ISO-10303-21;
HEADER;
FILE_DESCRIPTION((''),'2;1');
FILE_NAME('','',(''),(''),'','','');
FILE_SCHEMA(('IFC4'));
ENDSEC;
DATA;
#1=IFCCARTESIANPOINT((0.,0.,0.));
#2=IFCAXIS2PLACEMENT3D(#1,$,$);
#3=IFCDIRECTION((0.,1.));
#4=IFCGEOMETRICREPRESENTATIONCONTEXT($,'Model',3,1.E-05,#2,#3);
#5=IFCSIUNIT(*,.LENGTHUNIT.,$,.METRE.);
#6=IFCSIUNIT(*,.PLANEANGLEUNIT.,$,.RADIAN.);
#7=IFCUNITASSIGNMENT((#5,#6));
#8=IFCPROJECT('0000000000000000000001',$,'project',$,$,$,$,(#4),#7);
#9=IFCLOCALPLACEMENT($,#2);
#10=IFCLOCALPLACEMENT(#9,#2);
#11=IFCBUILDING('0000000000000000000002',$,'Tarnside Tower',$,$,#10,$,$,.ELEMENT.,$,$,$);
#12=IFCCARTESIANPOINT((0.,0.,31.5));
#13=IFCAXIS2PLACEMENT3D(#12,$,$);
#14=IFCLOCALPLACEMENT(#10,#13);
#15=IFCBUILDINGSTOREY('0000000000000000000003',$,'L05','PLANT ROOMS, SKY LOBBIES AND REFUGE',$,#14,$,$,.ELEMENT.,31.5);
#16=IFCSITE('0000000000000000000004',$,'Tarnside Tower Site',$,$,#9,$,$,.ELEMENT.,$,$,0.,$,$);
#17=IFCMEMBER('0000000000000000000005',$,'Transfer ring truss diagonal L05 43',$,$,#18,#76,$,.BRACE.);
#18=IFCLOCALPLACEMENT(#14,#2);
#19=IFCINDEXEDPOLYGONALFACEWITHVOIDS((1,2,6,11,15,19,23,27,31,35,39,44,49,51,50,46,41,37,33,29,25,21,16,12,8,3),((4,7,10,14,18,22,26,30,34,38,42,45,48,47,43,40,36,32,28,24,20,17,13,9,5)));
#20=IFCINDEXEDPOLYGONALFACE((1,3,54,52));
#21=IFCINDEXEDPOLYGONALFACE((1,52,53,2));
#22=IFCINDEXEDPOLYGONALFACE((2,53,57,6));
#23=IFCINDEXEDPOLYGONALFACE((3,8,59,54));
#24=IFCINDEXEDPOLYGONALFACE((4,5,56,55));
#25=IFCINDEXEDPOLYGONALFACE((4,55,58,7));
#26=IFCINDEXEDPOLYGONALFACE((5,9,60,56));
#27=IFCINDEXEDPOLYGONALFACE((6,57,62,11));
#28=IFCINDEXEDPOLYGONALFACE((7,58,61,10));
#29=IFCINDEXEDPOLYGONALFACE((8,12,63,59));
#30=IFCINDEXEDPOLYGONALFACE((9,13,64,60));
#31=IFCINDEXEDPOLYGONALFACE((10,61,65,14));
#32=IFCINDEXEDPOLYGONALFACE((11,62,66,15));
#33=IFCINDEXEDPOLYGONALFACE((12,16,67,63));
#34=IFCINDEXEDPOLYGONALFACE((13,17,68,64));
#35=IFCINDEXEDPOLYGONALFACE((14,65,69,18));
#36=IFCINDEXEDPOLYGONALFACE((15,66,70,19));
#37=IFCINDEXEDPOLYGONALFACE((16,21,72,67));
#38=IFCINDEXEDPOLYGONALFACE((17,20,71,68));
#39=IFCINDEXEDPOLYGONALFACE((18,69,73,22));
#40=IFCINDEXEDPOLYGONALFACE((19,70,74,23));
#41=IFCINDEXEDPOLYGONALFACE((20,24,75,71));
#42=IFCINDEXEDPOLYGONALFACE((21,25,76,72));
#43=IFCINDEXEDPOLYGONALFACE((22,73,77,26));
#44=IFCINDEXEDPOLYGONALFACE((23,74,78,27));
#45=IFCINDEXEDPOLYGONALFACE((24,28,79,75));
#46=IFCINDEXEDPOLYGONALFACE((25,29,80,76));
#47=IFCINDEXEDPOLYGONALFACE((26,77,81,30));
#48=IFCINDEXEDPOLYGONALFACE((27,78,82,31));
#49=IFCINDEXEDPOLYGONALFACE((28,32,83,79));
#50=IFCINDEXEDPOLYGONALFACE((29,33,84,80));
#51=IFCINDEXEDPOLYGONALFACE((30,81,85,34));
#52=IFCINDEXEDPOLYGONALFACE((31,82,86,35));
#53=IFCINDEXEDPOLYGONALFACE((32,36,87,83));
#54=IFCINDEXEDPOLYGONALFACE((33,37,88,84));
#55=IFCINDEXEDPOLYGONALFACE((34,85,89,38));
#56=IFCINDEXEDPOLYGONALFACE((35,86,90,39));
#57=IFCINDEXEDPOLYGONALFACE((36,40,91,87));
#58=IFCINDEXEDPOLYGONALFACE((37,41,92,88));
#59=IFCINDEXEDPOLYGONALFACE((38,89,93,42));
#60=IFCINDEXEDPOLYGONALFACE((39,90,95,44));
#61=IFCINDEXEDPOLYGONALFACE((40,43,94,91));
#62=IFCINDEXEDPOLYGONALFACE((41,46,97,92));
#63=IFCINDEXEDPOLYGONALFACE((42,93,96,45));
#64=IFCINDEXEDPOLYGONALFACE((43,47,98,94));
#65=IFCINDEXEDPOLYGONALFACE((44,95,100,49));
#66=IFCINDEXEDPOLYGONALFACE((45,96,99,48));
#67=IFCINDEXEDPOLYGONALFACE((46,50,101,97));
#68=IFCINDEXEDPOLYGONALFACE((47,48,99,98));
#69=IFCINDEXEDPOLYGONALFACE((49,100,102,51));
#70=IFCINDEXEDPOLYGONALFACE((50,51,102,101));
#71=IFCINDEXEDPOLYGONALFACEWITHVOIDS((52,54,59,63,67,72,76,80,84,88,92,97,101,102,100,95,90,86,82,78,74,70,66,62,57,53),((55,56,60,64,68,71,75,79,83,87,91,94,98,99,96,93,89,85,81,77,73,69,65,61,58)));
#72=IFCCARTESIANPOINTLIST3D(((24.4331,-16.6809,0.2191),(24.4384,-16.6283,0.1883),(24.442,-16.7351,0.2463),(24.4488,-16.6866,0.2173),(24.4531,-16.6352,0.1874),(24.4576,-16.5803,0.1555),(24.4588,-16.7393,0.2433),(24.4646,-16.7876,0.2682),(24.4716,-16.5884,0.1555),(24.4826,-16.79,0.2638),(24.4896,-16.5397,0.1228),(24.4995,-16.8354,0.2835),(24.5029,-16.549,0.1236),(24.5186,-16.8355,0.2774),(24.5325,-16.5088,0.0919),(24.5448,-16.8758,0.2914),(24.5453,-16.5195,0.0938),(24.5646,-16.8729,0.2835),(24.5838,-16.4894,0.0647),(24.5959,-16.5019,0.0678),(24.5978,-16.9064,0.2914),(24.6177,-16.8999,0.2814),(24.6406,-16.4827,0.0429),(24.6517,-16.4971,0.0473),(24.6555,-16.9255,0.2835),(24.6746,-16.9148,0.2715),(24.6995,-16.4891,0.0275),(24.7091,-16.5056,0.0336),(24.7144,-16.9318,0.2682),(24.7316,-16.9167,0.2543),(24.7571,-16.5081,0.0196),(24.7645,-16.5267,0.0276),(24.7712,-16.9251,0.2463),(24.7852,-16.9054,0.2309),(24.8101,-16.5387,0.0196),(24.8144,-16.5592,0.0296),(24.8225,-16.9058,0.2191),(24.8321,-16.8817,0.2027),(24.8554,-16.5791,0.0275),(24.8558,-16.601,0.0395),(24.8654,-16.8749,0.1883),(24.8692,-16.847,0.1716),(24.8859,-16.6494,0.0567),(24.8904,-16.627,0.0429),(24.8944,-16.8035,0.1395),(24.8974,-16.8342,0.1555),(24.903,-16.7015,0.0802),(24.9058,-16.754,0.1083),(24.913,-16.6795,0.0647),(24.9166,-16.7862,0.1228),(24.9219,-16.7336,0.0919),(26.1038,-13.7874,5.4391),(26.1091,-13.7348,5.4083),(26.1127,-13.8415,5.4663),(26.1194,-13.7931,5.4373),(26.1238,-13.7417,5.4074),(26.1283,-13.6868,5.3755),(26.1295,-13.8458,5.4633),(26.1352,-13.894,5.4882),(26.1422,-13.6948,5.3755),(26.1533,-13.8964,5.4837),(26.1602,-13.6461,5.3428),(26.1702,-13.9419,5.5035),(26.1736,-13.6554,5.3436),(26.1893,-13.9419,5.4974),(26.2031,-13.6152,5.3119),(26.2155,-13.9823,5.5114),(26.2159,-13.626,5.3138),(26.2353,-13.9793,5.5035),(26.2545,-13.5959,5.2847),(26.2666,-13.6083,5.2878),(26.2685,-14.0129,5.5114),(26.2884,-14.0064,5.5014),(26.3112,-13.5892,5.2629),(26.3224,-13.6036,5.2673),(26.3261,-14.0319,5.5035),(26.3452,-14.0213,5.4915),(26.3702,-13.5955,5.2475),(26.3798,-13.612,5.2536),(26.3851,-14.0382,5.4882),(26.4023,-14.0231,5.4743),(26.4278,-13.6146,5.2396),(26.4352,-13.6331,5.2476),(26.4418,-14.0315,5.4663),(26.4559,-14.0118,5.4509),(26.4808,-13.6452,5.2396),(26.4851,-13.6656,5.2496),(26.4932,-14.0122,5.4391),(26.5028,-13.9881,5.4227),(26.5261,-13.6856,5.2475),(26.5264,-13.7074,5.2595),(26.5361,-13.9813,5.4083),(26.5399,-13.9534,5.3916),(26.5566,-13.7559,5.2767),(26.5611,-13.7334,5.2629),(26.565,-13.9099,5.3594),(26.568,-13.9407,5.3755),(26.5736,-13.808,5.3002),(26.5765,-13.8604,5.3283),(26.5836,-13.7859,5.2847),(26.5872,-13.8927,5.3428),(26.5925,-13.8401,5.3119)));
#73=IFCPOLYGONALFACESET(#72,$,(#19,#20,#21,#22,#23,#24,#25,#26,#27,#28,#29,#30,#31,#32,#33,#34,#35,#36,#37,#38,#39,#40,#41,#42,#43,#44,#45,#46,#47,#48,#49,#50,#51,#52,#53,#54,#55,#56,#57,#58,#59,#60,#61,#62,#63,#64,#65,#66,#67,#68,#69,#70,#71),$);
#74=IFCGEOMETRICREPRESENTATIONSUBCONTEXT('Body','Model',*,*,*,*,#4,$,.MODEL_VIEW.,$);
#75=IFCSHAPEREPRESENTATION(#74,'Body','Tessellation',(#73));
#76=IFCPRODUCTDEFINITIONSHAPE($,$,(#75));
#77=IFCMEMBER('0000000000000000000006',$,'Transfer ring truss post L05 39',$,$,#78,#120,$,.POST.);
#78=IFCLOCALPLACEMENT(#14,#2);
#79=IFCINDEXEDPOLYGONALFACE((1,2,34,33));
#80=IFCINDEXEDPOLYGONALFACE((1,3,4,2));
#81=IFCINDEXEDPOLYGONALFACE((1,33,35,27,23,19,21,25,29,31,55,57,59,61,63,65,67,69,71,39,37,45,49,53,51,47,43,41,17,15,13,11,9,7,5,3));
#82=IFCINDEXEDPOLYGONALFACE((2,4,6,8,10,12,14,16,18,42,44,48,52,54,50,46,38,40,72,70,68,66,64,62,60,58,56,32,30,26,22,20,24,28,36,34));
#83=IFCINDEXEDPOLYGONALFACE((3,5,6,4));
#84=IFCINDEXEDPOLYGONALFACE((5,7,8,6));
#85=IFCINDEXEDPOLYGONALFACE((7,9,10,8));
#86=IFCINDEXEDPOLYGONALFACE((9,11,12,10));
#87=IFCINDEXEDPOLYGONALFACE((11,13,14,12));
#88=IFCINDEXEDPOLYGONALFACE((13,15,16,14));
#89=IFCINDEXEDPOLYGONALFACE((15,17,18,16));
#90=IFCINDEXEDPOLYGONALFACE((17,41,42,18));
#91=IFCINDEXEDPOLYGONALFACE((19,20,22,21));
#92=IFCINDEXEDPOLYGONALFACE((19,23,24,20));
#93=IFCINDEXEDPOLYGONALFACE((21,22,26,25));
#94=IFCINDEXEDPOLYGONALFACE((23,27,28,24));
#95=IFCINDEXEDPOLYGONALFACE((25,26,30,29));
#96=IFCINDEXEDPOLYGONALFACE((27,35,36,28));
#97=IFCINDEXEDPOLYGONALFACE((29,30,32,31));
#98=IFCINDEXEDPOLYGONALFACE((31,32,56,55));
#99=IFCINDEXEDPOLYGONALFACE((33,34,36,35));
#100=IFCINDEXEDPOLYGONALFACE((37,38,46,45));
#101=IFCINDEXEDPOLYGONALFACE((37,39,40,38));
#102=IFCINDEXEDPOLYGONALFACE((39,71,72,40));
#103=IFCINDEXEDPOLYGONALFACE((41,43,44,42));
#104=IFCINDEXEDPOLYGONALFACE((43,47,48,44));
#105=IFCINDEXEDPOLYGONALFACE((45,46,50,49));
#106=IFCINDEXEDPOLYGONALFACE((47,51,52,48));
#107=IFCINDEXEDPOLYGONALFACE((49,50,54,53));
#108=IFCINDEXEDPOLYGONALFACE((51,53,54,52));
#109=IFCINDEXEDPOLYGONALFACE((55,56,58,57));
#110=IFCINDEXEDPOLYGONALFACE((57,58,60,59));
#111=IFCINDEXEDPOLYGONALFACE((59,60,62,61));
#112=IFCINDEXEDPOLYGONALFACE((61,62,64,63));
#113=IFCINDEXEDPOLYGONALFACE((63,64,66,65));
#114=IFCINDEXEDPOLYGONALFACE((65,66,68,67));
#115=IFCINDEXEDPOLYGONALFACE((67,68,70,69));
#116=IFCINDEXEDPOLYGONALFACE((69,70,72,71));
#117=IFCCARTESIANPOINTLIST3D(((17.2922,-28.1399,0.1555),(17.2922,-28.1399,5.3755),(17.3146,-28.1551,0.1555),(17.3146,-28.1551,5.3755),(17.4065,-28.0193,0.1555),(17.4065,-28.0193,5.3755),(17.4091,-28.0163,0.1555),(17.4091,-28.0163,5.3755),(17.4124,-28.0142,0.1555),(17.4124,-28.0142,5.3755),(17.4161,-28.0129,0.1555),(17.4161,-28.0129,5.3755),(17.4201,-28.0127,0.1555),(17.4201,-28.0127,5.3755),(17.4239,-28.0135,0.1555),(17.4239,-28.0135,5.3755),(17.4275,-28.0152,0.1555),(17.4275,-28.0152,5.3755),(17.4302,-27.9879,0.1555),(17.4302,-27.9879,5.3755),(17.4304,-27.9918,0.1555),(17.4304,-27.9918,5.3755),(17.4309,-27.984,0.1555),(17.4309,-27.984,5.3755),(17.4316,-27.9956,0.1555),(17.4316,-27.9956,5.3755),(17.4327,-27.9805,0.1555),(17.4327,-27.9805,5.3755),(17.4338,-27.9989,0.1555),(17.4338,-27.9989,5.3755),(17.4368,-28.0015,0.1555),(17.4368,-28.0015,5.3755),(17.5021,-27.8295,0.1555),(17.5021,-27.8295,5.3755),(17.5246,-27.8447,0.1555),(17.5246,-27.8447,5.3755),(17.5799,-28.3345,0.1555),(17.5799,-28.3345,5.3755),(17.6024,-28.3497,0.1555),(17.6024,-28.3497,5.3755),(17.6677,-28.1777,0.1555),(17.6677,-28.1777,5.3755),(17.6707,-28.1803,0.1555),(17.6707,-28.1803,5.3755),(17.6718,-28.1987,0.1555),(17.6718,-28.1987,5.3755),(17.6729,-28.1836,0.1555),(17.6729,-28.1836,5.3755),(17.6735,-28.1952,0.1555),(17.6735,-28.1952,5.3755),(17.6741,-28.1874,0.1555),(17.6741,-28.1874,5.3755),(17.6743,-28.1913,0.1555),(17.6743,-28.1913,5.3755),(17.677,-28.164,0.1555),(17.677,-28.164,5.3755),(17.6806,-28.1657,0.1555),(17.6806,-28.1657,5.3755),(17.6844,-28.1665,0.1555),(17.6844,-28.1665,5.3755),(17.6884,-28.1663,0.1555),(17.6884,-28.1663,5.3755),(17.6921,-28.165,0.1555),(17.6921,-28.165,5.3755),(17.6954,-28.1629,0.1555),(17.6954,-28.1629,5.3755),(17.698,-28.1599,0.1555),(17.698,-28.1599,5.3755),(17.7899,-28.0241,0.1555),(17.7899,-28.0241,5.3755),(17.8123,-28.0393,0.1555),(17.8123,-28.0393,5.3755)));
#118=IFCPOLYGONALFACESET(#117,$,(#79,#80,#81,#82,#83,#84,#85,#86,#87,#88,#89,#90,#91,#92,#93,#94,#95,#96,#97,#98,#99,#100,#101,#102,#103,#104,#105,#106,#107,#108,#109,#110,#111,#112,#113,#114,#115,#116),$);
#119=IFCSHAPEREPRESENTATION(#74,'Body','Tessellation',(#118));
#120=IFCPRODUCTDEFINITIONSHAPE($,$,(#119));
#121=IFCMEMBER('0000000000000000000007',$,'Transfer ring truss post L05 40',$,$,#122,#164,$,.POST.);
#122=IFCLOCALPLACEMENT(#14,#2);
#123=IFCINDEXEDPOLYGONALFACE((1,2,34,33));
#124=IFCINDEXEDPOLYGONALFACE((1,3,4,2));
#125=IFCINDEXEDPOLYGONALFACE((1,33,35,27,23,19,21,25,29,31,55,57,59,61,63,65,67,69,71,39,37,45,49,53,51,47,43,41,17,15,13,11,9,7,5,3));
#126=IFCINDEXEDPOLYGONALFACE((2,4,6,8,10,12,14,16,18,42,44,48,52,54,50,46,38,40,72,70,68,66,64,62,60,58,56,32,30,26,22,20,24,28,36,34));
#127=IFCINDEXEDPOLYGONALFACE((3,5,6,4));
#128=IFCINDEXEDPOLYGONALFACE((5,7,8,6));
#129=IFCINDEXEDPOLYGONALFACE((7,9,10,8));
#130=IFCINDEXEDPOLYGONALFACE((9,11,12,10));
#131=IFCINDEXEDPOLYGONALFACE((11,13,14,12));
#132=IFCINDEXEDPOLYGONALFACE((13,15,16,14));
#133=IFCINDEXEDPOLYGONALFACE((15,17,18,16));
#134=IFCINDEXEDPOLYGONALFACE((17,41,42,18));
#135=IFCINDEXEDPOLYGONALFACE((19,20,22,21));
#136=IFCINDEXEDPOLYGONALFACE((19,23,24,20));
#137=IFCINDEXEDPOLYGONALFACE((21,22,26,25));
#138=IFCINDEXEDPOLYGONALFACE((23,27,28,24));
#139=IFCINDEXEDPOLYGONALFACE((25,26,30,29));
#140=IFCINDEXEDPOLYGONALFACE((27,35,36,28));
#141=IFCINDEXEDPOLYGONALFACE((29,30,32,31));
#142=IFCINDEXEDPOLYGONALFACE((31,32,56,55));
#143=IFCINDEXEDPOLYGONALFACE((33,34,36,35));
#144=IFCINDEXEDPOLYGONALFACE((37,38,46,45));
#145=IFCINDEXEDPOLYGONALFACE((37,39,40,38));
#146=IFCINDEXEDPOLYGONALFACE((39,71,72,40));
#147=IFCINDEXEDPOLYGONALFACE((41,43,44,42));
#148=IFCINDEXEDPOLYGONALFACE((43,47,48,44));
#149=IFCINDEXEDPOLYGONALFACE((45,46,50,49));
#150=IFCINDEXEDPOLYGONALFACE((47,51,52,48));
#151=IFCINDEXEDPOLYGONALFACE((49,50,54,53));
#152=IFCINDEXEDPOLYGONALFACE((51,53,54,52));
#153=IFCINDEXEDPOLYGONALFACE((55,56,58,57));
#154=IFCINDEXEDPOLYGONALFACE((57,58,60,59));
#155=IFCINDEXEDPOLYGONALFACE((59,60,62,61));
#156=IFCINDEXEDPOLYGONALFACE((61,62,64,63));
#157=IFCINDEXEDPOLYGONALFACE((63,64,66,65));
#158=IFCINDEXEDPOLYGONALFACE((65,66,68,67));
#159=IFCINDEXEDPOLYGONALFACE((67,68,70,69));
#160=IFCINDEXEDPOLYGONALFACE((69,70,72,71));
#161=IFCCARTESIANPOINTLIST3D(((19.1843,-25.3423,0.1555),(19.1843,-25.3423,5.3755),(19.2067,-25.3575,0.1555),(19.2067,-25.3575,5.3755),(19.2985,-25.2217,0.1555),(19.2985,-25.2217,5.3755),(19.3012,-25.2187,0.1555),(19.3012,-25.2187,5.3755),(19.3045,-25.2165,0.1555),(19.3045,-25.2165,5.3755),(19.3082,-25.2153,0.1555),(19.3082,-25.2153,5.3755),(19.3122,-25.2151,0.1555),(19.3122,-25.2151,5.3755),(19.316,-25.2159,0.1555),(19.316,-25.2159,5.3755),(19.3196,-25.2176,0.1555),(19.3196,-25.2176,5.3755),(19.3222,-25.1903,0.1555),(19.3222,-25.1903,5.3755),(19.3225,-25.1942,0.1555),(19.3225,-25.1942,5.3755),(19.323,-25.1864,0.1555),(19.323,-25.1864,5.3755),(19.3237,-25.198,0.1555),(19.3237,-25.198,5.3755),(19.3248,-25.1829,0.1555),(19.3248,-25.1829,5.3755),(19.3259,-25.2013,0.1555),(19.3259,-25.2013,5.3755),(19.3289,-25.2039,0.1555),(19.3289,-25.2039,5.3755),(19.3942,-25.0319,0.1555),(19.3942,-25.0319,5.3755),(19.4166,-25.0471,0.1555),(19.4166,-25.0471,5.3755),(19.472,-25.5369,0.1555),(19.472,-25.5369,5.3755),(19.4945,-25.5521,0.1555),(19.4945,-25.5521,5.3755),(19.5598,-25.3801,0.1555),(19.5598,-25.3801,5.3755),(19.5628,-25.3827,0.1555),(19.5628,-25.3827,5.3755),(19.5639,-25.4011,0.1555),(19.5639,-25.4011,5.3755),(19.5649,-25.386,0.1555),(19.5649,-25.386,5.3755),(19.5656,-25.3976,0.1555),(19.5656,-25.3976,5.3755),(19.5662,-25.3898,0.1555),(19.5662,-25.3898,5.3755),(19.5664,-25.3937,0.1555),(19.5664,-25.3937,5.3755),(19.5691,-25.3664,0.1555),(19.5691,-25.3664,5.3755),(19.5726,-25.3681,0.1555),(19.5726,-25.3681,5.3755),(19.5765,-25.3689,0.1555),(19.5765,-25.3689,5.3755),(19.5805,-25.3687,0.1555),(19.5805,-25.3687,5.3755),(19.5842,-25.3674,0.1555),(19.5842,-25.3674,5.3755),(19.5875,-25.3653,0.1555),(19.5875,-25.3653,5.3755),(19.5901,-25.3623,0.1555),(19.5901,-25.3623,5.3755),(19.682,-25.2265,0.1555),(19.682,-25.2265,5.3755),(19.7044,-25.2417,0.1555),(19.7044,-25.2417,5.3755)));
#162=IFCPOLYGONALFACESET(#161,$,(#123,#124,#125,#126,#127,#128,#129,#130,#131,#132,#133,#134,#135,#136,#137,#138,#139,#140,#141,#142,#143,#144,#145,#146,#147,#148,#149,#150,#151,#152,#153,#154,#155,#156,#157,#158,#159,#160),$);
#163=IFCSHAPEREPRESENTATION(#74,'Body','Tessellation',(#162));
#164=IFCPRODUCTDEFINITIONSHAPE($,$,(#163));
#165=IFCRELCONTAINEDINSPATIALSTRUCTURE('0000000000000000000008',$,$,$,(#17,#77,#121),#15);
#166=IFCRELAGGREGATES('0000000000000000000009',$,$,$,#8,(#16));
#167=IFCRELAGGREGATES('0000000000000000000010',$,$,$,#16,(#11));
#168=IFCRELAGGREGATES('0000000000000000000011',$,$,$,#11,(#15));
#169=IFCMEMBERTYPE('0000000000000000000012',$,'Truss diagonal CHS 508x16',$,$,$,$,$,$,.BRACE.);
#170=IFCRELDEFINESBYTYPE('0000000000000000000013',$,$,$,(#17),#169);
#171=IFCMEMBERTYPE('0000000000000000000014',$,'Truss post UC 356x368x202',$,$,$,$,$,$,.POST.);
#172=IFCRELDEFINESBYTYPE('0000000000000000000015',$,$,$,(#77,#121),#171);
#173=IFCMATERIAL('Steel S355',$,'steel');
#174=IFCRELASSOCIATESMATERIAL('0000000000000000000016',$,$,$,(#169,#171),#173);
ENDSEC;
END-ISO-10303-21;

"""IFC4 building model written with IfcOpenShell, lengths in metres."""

from ifc_helpers import new_model, si_unit, direction, frame, origin, origin_2d, place, context, subcontext, project, spatial, hollow_circle, i_section, extrude, material, material_profile, profile_set, type_object, element, save


model = new_model("IFC4")

# Units and contexts
model_context = context("Model", 3, precision=1e-05, world=origin(), true_north=direction((0.0, 1.0)))
body_context = subcontext(model_context, "Body", "Model", "MODEL_VIEW")
ifc_project = project(units=[si_unit("LENGTHUNIT", "METRE"), si_unit("PLANEANGLEUNIT", "RADIAN")], contexts=[model_context])

# Site, building, storey
site_placement = place(None, origin())
site = spatial("IfcSite", under=ifc_project, at=site_placement, Name="Tarnside Tower Site", CompositionType="ELEMENT", RefElevation=0.0)
building_placement = place(site_placement, origin())
building = spatial("IfcBuilding", under=site, at=building_placement, Name="Tarnside Tower", CompositionType="ELEMENT")
storey_placement = place(building_placement, frame((0.0, 0.0, 31.5)))
storey = spatial("IfcBuildingStorey", under=building, at=storey_placement, Name="L05", Description="PLANT ROOMS, SKY LOBBIES AND REFUGE", CompositionType="ELEMENT", Elevation=31.5)

# Shared definitions
ifc_material_1 = material(Name="Steel S355", Category="steel")

# Members
ifc_material_profile_1 = material_profile(ifc_material_1, hollow_circle(Radius=0.2539, WallThickness=0.0161, at=origin_2d()), Name="CHS 508x16")
ifc_profile_set_1 = profile_set([ifc_material_profile_1], Name="Steel S355")
member_type_1 = type_object("IfcMemberType", Name="Truss diagonal CHS 508x16", PredefinedType="BRACE", material=ifc_profile_set_1)
for number, where, z_axis, x_axis, name in (
    (1, (24.6775, -16.7073, 0.1555), (0.269559, 0.466873, 0.842239), (-0.866018, 0.500013, 0.0), "Transfer ring truss diagonal L05 43"),
):
    element("IfcMember", number, at=place(storey_placement, frame(where, z_axis=z_axis, x_axis=x_axis)), inside=storey, type_object=member_type_1, Name=name, PredefinedType="BRACE", context=body_context, shape_type="SweptSolid", body=[
        extrude(hollow_circle(Radius=0.2539, WallThickness=0.0161, at=origin_2d()), origin(), (0.0, 0.0, 1.0), 6.1978),
    ])
ifc_material_profile_2 = material_profile(ifc_material_1, i_section(OverallWidth=0.3748, OverallDepth=0.3745, WebThickness=0.0166, FlangeThickness=0.0271, FilletRadius=0.0151, at=origin_2d()), Name="UC 356x368x202")
ifc_profile_set_2 = profile_set([ifc_material_profile_2], Name="Steel S355")
member_type_2 = type_object("IfcMemberType", Name="Truss post UC 356x368x202", PredefinedType="POST", material=ifc_profile_set_2)
for number, where, z_axis, x_axis, name in (
    (2, (17.5522, -28.0896, 0.1555), (0.0, 0.0, 1.0), (0.560225, 0.828341, 0.0), "Transfer ring truss post L05 39"),
    (3, (19.4443, -25.292, 0.1555), (0.0, 0.0, 1.0), (0.560225, 0.828341, 0.0), "Transfer ring truss post L05 40"),
):
    element("IfcMember", number, at=place(storey_placement, frame(where, z_axis=z_axis, x_axis=x_axis)), inside=storey, type_object=member_type_2, Name=name, PredefinedType="POST", context=body_context, shape_type="SweptSolid", body=[
        extrude(i_section(OverallWidth=0.3748, OverallDepth=0.3745, WebThickness=0.0166, FlangeThickness=0.0271, FilletRadius=0.0151, at=origin_2d()), origin(), (0.0, 0.0, 1.0), 5.22),
    ])

save(model, "model.ifc")
